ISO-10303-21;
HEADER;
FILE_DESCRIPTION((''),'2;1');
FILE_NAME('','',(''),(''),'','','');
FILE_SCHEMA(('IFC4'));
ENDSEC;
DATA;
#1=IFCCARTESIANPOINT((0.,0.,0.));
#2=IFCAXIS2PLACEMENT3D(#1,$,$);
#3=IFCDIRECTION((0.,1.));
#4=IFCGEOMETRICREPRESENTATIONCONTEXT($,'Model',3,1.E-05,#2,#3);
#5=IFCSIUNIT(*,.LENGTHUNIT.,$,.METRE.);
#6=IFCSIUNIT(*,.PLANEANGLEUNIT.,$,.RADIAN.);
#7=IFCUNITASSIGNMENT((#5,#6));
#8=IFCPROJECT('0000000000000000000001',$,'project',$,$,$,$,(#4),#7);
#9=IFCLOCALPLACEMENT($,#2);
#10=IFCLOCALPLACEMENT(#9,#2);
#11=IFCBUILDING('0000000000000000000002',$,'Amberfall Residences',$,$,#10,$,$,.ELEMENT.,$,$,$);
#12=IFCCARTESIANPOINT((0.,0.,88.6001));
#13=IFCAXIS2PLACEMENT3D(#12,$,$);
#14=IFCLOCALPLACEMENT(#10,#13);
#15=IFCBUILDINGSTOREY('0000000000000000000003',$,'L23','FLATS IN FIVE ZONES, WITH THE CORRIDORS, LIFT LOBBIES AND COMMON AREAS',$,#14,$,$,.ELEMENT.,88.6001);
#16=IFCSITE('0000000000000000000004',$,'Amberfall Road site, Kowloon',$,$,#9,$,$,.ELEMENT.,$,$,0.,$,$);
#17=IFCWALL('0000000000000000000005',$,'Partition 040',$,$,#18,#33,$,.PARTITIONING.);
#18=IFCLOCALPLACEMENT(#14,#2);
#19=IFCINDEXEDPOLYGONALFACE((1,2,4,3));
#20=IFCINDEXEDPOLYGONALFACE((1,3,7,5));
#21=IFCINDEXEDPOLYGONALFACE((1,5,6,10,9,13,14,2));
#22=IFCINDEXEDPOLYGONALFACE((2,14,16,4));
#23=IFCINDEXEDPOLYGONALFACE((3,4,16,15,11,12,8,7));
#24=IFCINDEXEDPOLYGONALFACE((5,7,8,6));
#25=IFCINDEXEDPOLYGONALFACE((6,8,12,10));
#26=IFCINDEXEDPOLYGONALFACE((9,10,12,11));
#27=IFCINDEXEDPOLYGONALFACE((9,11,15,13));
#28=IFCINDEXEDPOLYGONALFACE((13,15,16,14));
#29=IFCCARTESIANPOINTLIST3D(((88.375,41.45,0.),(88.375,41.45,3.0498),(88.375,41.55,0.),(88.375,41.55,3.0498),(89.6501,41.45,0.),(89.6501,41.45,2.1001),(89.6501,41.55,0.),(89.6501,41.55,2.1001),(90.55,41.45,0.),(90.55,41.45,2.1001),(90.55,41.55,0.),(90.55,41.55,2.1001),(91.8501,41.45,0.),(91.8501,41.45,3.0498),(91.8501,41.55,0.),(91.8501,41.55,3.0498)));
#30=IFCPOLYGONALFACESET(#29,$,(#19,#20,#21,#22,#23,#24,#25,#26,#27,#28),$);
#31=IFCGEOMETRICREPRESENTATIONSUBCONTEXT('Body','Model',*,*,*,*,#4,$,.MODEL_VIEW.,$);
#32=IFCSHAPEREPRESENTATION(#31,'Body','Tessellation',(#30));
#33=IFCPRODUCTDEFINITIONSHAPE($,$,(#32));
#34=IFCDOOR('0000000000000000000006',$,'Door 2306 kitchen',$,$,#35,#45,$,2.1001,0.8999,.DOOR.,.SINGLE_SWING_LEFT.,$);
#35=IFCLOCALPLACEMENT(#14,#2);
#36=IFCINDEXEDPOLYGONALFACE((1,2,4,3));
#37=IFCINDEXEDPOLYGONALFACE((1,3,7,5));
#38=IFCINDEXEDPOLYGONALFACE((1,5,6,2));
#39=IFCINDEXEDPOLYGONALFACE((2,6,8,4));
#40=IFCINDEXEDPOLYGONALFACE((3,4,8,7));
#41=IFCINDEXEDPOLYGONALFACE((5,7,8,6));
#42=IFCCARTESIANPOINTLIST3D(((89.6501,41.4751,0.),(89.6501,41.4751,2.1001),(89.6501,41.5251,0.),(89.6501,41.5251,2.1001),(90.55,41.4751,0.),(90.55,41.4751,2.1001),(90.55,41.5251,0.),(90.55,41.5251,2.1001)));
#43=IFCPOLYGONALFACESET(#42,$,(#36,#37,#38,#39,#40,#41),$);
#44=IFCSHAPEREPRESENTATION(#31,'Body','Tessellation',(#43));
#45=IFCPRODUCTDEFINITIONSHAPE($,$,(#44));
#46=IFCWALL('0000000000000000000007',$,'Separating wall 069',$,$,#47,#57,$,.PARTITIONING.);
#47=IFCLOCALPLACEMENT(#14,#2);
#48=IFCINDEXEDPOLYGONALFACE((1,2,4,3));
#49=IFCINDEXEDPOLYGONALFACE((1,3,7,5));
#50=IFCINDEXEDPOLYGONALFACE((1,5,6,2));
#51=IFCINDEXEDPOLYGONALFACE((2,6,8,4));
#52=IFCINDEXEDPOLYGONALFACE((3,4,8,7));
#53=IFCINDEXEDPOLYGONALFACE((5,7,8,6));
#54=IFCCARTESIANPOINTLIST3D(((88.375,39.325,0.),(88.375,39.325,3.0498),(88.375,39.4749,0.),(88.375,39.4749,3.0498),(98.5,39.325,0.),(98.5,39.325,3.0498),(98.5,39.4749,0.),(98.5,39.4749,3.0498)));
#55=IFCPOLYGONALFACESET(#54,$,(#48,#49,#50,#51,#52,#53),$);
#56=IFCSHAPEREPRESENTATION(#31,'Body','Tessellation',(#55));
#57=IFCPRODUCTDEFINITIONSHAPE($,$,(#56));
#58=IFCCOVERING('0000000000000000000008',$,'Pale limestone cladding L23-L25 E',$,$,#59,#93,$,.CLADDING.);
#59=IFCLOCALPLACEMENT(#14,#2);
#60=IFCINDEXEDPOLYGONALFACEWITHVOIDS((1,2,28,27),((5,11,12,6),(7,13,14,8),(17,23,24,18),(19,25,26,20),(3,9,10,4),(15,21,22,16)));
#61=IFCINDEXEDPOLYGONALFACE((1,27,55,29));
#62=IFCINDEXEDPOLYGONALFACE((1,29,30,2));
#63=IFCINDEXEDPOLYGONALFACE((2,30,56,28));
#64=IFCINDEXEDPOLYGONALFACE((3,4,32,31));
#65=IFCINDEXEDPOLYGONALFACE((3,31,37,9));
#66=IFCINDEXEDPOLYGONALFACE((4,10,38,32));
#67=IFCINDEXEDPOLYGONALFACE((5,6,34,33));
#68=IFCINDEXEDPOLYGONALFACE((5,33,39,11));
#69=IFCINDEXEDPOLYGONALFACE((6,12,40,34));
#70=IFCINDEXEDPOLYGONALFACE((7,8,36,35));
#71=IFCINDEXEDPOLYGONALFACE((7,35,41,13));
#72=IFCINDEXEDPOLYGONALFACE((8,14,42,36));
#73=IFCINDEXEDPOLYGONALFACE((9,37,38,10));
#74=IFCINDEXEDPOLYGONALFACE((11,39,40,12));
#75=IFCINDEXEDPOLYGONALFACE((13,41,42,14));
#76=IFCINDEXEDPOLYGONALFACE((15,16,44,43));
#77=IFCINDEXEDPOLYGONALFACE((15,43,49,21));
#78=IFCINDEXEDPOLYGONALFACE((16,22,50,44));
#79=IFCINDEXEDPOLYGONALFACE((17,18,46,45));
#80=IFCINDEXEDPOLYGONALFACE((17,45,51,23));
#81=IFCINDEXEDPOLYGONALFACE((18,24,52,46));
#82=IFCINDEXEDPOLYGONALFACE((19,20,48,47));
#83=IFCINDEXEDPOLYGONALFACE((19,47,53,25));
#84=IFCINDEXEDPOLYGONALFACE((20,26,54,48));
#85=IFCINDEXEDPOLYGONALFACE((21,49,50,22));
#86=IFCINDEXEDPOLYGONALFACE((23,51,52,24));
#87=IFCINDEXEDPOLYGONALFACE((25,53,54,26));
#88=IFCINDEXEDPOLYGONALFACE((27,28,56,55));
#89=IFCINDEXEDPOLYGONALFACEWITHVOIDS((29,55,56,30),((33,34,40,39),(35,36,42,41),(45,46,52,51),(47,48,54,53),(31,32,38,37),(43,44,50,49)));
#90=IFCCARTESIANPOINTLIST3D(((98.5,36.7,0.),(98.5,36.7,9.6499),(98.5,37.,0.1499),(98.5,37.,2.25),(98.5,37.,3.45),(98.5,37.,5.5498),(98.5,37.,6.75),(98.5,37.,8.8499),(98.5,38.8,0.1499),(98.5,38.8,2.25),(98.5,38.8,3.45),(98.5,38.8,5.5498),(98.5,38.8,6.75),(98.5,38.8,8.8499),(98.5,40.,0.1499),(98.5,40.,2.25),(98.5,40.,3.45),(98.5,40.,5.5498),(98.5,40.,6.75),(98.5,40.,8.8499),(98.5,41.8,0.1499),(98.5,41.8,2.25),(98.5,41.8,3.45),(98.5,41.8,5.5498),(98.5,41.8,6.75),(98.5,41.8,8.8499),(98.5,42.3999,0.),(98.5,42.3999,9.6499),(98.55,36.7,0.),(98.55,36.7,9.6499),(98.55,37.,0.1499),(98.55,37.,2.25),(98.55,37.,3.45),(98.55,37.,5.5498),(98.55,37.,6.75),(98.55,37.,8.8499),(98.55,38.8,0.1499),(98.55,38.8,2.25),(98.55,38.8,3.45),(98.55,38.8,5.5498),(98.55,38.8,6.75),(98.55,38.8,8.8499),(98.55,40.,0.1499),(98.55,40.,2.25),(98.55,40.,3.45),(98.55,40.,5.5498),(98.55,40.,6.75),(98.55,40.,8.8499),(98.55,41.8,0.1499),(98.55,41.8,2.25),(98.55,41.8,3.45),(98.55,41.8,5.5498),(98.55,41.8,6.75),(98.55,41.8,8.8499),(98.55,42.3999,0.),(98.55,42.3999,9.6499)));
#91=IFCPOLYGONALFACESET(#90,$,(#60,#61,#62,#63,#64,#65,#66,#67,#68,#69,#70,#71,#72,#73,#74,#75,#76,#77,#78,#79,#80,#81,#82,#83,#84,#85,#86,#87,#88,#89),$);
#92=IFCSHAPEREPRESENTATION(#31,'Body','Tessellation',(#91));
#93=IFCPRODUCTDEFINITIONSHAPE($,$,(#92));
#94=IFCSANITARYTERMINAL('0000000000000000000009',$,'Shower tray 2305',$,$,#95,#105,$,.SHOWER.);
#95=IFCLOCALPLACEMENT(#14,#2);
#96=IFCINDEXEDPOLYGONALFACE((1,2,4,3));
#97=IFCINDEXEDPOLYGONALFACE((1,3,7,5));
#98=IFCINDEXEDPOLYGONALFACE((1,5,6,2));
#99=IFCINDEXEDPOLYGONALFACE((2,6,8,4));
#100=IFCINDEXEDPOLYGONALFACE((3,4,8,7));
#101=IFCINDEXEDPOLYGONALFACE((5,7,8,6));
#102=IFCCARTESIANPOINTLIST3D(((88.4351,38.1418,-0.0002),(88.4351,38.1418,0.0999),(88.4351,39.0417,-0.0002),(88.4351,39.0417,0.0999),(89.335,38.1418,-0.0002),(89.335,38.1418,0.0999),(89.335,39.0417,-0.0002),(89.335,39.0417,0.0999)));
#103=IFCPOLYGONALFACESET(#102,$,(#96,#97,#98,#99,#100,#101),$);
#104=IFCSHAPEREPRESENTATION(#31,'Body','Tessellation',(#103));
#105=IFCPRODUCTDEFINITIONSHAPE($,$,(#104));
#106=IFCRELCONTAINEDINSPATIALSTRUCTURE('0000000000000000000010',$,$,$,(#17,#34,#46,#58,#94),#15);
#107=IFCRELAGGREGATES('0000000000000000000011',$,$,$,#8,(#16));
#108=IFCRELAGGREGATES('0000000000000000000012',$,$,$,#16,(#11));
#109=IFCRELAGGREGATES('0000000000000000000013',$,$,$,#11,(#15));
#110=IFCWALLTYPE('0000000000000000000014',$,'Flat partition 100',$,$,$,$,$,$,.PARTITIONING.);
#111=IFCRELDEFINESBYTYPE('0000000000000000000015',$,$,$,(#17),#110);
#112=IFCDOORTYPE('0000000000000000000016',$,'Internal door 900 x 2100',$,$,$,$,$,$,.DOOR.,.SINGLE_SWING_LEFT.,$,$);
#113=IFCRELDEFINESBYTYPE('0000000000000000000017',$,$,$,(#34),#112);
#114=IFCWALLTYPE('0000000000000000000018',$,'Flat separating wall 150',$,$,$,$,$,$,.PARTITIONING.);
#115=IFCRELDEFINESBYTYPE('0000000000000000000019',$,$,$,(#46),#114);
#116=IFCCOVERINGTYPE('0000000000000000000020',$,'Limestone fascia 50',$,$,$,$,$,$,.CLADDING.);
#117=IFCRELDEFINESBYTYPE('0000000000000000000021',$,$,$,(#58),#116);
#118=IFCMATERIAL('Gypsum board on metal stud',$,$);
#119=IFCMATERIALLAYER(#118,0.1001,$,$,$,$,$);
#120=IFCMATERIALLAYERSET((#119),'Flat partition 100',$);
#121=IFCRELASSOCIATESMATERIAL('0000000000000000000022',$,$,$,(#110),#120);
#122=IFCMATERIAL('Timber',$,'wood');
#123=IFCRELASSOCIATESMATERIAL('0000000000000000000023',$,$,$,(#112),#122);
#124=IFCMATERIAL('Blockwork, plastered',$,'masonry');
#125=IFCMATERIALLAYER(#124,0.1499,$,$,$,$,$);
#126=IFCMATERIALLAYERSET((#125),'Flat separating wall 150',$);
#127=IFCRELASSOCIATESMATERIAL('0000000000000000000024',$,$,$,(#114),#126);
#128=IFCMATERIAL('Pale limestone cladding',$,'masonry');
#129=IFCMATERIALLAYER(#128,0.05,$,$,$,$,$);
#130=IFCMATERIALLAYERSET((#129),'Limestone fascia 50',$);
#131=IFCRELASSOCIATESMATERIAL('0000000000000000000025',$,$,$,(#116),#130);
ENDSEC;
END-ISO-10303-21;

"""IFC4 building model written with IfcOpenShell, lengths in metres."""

from ifc_helpers import new_model, si_unit, direction, frame, frame_2d, origin, origin_2d, place, context, subcontext, project, spatial, polyline, rectangle, outline, extrude, material, layer, layer_set, type_object, element, fill, save


model = new_model("IFC4")

# Units and contexts
model_context = context("Model", 3, precision=1e-05, world=origin(), true_north=direction((0.0, 1.0)))
body_context = subcontext(model_context, "Body", "Model", "MODEL_VIEW")
ifc_project = project(units=[si_unit("LENGTHUNIT", "METRE"), si_unit("PLANEANGLEUNIT", "RADIAN")], contexts=[model_context])

# Site, building, storey
site_placement = place(None, origin())
site = spatial("IfcSite", under=ifc_project, at=site_placement, Name="Amberfall Road site, Kowloon", CompositionType="ELEMENT", RefElevation=0.0)
building_placement = place(site_placement, origin())
building = spatial("IfcBuilding", under=site, at=building_placement, Name="Amberfall Residences", CompositionType="ELEMENT")
storey_placement = place(building_placement, frame((0.0, 0.0, 88.6001)))
storey = spatial("IfcBuildingStorey", under=building, at=storey_placement, Name="L23", Description="FLATS IN FIVE ZONES, WITH THE CORRIDORS, LIFT LOBBIES AND COMMON AREAS", CompositionType="ELEMENT", Elevation=88.6001)

# Shared definitions
ifc_material_1 = material(Name="Gypsum board on metal stud")
ifc_layer_1 = layer(ifc_material_1, 0.1001)
ifc_layer_set_1 = layer_set([ifc_layer_1], Name="Flat partition 100")
wall_type_1 = type_object("IfcWallType", Name="Flat partition 100", PredefinedType="PARTITIONING", material=ifc_layer_set_1)

# Wall, opening, door
wall_1_placement = place(storey_placement, frame((91.8501, 41.5, 0.0), z_axis=(0.0, 0.0, 1.0), x_axis=(-1.0, 0.0, 0.0)))
wall_1 = element("IfcWall", 1, at=wall_1_placement, inside=storey, type_object=wall_type_1, Name="Partition 040", PredefinedType="PARTITIONING", context=body_context, shape_type="SweptSolid", body=[
    extrude(rectangle(XDim=3.4751, YDim=0.1001, at=frame_2d((1.7375, 0.0))), origin(), (0.0, 0.0, 1.0), 3.0498),
])
opening_1_placement = place(wall_1_placement, frame((1.3, 0.0, 0.0)))
opening_1 = element("IfcOpeningElement", 2, at=opening_1_placement, cuts=wall_1, PredefinedType="OPENING", context=body_context, shape_type="SweptSolid", body=[
    extrude(rectangle(XDim=0.8999, YDim=2.1001, at=frame_2d((0.45, 1.05))), frame((0.0, 0.0601, 0.0), z_axis=(0.0, -1.0, 0.0), x_axis=(1.0, 0.0, 0.0)), (0.0, 0.0, 1.0), 0.1201),
])
ifc_material_2 = material(Name="Timber", Category="wood")
door_type = type_object("IfcDoorType", Name="Internal door 900 x 2100", OperationType="SINGLE_SWING_LEFT", PredefinedType="DOOR", material=ifc_material_2)
door_placement = place(opening_1_placement, origin())
door = element("IfcDoor", 3, at=door_placement, inside=storey, type_object=door_type, Name="Door 2306 kitchen", OperationType="SINGLE_SWING_LEFT", OverallHeight=2.1001, OverallWidth=0.8999, PredefinedType="DOOR", context=body_context, shape_type="SweptSolid", body=[
    extrude(rectangle(XDim=0.8999, YDim=2.1001, at=frame_2d((0.45, 1.05))), frame((0.0, 0.0249, 0.0), z_axis=(0.0, -1.0, 0.0), x_axis=(1.0, 0.0, 0.0)), (0.0, 0.0, 1.0), 0.05),
])
fill(opening_1, door)

# Wall
ifc_material_3 = material(Name="Blockwork, plastered", Category="masonry")
ifc_layer_2 = layer(ifc_material_3, 0.1499)
ifc_layer_set_2 = layer_set([ifc_layer_2], Name="Flat separating wall 150")
wall_type_2 = type_object("IfcWallType", Name="Flat separating wall 150", PredefinedType="PARTITIONING", material=ifc_layer_set_2)
wall_2_placement = place(storey_placement, frame((88.375, 39.3999, 0.0), z_axis=(0.0, 0.0, 1.0), x_axis=(1.0, 0.0, 0.0)))
element("IfcWall", 4, at=wall_2_placement, inside=storey, type_object=wall_type_2, Name="Separating wall 069", PredefinedType="PARTITIONING", context=body_context, shape_type="SweptSolid", body=[
    extrude(rectangle(XDim=10.125, YDim=0.1499, at=frame_2d((5.0625, 0.0))), origin(), (0.0, 0.0, 1.0), 3.0498),
])

# Covering
ifc_material_4 = material(Name="Pale limestone cladding", Category="masonry")
ifc_layer_3 = layer(ifc_material_4, 0.05)
ifc_layer_set_3 = layer_set([ifc_layer_3], Name="Limestone fascia 50")
covering_type = type_object("IfcCoveringType", Name="Limestone fascia 50", PredefinedType="CLADDING", material=ifc_layer_set_3)
covering_placement = place(storey_placement, frame((98.5, 36.7, 9.6499), z_axis=(-1.0, 0.0, 0.0), x_axis=(0.0, 1.0, 0.0)))
element("IfcCovering", 5, at=covering_placement, inside=storey, type_object=covering_type, Name="Pale limestone cladding L23-L25 E", PredefinedType="CLADDING", context=body_context, shape_type="SweptSolid", body=[
    extrude(outline(polyline([(0.0, 0.0), (5.7, 0.0), (5.7, 9.6499), (0.0, 9.6499), (0.0, 0.0)]), holes=[polyline([(0.3, 7.3999), (2.1001, 7.3999), (2.1001, 9.5), (0.3, 9.5), (0.3, 7.3999)]), polyline([(3.3, 7.3999), (5.1001, 7.3999), (5.1001, 9.5), (3.3, 9.5), (3.3, 7.3999)]), polyline([(0.3, 4.1001), (2.1001, 4.1001), (2.1001, 6.2), (0.3, 6.2), (0.3, 4.1001)]), polyline([(3.3, 4.1001), (5.1001, 4.1001), (5.1001, 6.2), (3.3, 6.2), (3.3, 4.1001)]), polyline([(0.3, 0.8), (2.1001, 0.8), (2.1001, 2.8999), (0.3, 2.8999), (0.3, 0.8)]), polyline([(3.3, 0.8), (5.1001, 0.8), (5.1001, 2.8999), (3.3, 2.8999), (3.3, 0.8)])]), origin(), (0.0, 0.0, -1.0), 0.05),
])

# Sanitary terminal
sanitary_terminal_placement = place(storey_placement, frame((88.885, 38.5918, -0.0002), z_axis=(0.0, 0.0, 1.0), x_axis=(1.0, 0.0, 0.0)))
element("IfcSanitaryTerminal", 6, at=sanitary_terminal_placement, inside=storey, Name="Shower tray 2305", PredefinedType="SHOWER", context=body_context, shape_type="SweptSolid", body=[
    extrude(rectangle(XDim=0.8999, YDim=0.8999, at=origin_2d()), origin(), (0.0, 0.0, 1.0), 0.1001),
])

save(model, "model.ifc")
